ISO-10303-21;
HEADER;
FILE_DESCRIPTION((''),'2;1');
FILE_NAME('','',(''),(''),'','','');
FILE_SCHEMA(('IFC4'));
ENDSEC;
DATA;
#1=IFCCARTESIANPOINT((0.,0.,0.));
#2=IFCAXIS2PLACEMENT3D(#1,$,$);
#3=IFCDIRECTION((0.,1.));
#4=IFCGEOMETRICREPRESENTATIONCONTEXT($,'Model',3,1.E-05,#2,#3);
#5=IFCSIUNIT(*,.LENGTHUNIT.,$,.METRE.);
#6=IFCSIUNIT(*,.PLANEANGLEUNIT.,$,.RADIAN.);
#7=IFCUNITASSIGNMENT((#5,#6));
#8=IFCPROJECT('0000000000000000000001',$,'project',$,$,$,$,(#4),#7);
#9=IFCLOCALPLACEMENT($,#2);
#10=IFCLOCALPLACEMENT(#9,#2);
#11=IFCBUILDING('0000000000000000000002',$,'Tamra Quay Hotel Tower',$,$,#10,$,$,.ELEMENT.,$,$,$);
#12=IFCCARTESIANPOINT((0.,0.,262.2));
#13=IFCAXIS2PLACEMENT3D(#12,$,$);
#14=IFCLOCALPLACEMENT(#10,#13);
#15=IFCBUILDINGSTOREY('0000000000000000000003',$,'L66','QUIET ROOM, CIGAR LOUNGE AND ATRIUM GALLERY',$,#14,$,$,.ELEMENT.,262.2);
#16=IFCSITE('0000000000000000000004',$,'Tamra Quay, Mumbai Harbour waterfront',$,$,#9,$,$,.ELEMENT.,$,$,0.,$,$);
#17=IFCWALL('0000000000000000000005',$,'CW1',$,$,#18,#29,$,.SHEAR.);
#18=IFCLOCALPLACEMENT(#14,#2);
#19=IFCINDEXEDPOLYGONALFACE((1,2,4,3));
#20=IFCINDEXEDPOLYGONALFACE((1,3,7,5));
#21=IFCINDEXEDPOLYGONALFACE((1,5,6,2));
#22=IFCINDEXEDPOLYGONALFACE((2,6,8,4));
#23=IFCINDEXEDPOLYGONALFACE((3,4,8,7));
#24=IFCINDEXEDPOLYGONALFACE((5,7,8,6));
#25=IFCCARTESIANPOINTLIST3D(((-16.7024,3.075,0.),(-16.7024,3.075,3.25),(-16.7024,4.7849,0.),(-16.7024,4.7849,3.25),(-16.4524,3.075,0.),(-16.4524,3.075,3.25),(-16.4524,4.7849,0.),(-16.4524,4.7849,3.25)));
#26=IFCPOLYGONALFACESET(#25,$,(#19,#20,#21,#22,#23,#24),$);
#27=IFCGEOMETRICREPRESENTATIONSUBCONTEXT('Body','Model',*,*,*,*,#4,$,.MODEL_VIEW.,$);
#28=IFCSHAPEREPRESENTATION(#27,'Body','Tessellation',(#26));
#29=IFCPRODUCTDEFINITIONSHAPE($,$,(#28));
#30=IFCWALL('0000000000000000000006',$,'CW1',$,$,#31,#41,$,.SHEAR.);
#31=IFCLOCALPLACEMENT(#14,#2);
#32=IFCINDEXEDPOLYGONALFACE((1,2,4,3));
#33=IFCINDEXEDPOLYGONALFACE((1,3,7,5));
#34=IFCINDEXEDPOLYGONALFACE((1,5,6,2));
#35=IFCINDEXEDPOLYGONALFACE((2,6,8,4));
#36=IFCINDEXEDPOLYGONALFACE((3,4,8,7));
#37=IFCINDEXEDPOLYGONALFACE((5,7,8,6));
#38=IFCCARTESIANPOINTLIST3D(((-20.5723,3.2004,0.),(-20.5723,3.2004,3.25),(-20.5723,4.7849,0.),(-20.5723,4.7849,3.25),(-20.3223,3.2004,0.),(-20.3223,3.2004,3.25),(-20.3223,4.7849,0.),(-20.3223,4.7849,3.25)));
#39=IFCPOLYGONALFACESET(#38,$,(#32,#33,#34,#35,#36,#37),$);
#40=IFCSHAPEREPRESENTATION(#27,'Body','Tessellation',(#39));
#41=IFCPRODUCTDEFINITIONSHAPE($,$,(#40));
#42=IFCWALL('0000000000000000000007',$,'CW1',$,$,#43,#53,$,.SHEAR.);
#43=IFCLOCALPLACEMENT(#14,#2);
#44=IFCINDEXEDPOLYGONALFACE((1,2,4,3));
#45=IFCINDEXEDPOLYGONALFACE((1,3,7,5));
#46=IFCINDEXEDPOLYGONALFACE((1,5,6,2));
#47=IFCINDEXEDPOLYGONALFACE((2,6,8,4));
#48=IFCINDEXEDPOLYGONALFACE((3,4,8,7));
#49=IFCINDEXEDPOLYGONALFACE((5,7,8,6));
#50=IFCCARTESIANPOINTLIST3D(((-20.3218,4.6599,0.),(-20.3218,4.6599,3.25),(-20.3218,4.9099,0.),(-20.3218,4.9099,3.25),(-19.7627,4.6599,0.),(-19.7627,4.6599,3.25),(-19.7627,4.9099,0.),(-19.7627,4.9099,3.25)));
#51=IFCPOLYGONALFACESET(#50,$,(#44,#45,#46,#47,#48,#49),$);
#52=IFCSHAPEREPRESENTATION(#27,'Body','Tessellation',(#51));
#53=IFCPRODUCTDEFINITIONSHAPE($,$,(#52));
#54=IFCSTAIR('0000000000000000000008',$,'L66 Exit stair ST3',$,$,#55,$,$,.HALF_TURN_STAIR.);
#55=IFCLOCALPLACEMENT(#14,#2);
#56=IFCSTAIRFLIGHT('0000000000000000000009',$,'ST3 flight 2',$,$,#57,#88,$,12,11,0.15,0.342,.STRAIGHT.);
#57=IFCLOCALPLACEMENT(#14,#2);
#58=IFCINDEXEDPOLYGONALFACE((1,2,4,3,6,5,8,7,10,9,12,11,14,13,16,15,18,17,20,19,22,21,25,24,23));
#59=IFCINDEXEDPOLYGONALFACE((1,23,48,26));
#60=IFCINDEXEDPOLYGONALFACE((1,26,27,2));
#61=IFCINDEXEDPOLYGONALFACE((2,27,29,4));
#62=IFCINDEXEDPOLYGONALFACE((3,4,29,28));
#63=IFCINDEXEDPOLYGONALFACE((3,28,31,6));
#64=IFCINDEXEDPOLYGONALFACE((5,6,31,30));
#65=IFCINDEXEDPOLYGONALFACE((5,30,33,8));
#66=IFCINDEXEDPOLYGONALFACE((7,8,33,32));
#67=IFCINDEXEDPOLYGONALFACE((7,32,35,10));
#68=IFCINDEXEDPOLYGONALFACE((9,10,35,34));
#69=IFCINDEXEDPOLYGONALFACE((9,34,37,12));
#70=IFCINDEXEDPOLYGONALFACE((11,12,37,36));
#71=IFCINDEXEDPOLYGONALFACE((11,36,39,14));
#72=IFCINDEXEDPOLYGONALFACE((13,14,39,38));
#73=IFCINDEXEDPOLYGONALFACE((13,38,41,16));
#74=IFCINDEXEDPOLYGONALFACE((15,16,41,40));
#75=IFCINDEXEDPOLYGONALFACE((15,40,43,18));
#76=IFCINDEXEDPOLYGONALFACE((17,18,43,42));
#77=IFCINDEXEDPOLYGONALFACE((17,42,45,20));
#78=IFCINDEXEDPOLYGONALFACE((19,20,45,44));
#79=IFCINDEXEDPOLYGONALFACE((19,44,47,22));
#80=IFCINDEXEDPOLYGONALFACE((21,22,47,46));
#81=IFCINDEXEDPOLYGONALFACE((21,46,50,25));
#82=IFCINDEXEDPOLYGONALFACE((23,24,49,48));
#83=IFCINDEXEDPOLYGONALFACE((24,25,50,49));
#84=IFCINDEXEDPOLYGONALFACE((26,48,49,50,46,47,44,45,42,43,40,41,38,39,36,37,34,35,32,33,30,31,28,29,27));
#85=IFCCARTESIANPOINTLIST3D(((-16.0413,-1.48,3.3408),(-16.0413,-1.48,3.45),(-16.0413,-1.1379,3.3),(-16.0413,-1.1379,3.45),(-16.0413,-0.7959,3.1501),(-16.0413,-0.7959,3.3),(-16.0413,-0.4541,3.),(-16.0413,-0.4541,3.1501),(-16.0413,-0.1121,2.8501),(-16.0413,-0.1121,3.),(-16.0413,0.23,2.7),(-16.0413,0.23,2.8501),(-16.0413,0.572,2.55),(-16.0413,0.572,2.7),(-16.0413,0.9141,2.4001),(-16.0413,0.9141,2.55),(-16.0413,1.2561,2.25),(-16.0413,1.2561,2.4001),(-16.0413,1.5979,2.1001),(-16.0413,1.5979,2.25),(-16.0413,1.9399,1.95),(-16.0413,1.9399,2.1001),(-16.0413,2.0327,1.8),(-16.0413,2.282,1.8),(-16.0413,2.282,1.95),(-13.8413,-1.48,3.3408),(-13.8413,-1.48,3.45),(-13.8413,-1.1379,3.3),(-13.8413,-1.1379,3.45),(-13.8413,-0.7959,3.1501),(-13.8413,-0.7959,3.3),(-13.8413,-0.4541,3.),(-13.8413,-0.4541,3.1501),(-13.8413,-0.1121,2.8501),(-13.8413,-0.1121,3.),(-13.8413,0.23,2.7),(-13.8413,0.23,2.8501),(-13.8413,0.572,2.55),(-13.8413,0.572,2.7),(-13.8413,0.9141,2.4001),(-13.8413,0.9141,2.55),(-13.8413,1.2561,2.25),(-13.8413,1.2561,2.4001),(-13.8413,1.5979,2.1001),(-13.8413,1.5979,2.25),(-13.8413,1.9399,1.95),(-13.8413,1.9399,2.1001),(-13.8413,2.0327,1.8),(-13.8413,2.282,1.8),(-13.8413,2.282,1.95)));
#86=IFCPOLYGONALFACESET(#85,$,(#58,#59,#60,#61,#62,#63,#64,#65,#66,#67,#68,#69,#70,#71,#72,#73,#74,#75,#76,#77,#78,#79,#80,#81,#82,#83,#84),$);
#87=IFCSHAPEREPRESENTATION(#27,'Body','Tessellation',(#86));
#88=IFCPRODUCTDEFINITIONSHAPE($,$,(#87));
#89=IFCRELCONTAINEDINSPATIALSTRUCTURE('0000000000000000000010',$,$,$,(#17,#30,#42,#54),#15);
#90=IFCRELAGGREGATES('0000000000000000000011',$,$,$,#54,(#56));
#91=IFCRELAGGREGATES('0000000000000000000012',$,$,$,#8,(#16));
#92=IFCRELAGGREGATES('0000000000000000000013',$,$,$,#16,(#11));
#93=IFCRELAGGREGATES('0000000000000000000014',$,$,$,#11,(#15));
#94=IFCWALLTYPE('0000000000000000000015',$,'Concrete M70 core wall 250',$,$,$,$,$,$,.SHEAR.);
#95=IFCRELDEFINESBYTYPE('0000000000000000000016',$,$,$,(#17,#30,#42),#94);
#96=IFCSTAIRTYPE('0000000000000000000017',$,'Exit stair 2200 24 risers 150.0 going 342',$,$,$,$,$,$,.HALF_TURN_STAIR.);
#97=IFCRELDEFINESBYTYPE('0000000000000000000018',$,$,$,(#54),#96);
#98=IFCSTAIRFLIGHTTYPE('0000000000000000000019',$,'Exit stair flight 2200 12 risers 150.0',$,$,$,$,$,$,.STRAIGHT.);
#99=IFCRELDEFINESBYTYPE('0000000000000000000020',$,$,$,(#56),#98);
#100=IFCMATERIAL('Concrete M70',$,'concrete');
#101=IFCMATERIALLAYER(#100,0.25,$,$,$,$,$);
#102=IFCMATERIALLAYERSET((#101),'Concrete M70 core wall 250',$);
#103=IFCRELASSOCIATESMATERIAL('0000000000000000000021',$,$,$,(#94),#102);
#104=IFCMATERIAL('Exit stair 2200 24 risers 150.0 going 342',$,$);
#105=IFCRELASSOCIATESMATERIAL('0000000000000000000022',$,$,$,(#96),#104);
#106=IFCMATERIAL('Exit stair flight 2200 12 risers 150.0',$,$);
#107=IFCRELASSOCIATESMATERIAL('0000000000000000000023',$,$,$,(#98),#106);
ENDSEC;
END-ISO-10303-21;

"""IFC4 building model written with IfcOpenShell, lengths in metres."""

from ifc_helpers import new_model, si_unit, direction, frame, frame_2d, origin, place, context, subcontext, project, spatial, polyline, rectangle, outline, extrude, material, layer, layer_set, type_object, element, aggregate, save


model = new_model("IFC4")

# Units and contexts
model_context = context("Model", 3, precision=1e-05, world=origin(), true_north=direction((0.0, 1.0)))
body_context = subcontext(model_context, "Body", "Model", "MODEL_VIEW")
ifc_project = project(units=[si_unit("LENGTHUNIT", "METRE"), si_unit("PLANEANGLEUNIT", "RADIAN")], contexts=[model_context])

# Site, building, storey
site_placement = place(None, origin())
site = spatial("IfcSite", under=ifc_project, at=site_placement, Name="Tamra Quay, Mumbai Harbour waterfront", CompositionType="ELEMENT", RefElevation=0.0)
building_placement = place(site_placement, origin())
building = spatial("IfcBuilding", under=site, at=building_placement, Name="Tamra Quay Hotel Tower", CompositionType="ELEMENT")
storey_placement = place(building_placement, frame((0.0, 0.0, 262.2)))
storey = spatial("IfcBuildingStorey", under=building, at=storey_placement, Name="L66", Description="QUIET ROOM, CIGAR LOUNGE AND ATRIUM GALLERY", CompositionType="ELEMENT", Elevation=262.2)

# Shared definitions
ifc_material_1 = material(Name="Concrete M70", Category="concrete")

# Walls
ifc_layer_1 = layer(ifc_material_1, 0.25)
ifc_layer_set_1 = layer_set([ifc_layer_1], Name="Concrete M70 core wall 250")
wall_type_1 = type_object("IfcWallType", Name="Concrete M70 core wall 250", PredefinedType="SHEAR", material=ifc_layer_set_1)
wall_1_placement = place(storey_placement, frame((-16.5774, 4.7849, 0.0), z_axis=(0.0, 0.0, 1.0), x_axis=(0.0, -1.0, 0.0)))
element("IfcWall", 1, at=wall_1_placement, inside=storey, type_object=wall_type_1, Name="CW1", PredefinedType="SHEAR", context=body_context, shape_type="SweptSolid", body=[
    extrude(rectangle(XDim=1.71, YDim=0.25, at=frame_2d((0.855, 0.0))), origin(), (0.0, 0.0, 1.0), 3.25),
])
wall_2_placement = place(storey_placement, frame((-20.4473, 3.2004, 0.0), z_axis=(0.0, 0.0, 1.0), x_axis=(0.0, 1.0, 0.0)))
element("IfcWall", 2, at=wall_2_placement, inside=storey, type_object=wall_type_1, Name="CW1", PredefinedType="SHEAR", context=body_context, shape_type="SweptSolid", body=[
    extrude(rectangle(XDim=1.5845, YDim=0.25, at=frame_2d((0.7922, 0.0))), origin(), (0.0, 0.0, 1.0), 3.25),
])
wall_3_placement = place(storey_placement, frame((-20.3218, 4.7849, 0.0), z_axis=(0.0, 0.0, 1.0), x_axis=(1.0, 0.0, 0.0)))
element("IfcWall", 3, at=wall_3_placement, inside=storey, type_object=wall_type_1, Name="CW1", PredefinedType="SHEAR", context=body_context, shape_type="SweptSolid", body=[
    extrude(rectangle(XDim=0.5591, YDim=0.25, at=frame_2d((0.2795, 0.0))), origin(), (0.0, 0.0, 1.0), 3.25),
])

# Stair, stair flight
ifc_material_2 = material(Name="Exit stair 2200 24 risers 150.0 going 342")
stair_type = type_object("IfcStairType", Name="Exit stair 2200 24 risers 150.0 going 342", PredefinedType="HALF_TURN_STAIR", material=ifc_material_2)
stair_placement = place(storey_placement, origin())
stair = element("IfcStair", 4, at=stair_placement, inside=storey, type_object=stair_type, Name="L66 Exit stair ST3", PredefinedType="HALF_TURN_STAIR")
ifc_material_3 = material(Name="Exit stair flight 2200 12 risers 150.0")
stair_flight_type = type_object("IfcStairFlightType", Name="Exit stair flight 2200 12 risers 150.0", PredefinedType="STRAIGHT", material=ifc_material_3)
stair_flight_placement = place(storey_placement, frame((-14.9414, 2.282, 1.8), z_axis=(0.0, 0.0, 1.0), x_axis=(0.0, -1.0, 0.0)))
stair_flight = element("IfcStairFlight", 5, at=stair_flight_placement, type_object=stair_flight_type, Name="ST3 flight 2", NumberOfRisers=12, NumberOfTreads=11, PredefinedType="STRAIGHT", RiserHeight=0.15, TreadLength=0.342, context=body_context, shape_type="SweptSolid", body=[
    extrude(outline(polyline([(0.0, 0.0), (0.0, 0.1499), (0.342, 0.1499), (0.342, 0.3), (0.6841, 0.3), (0.6841, 0.45), (1.0259, 0.45), (1.0259, 0.6001), (1.3679, 0.6001), (1.3679, 0.75), (1.71, 0.75), (1.71, 0.8999), (2.052, 0.8999), (2.052, 1.05), (2.394, 1.05), (2.394, 1.2), (2.7361, 1.2), (2.7361, 1.3501), (3.0779, 1.3501), (3.0779, 1.5), (3.4199, 1.5), (3.4199, 1.6499), (3.762, 1.6499), (3.762, 1.8), (3.762, 1.5408), (0.2493, 0.0), (0.0, 0.0)])), frame((0.0, 1.1001, 0.0), z_axis=(0.0, -1.0, 0.0), x_axis=(1.0, 0.0, 0.0)), (0.0, 0.0, 1.0), 2.2),
])
aggregate(stair, [stair_flight])

save(model, "model.ifc")
